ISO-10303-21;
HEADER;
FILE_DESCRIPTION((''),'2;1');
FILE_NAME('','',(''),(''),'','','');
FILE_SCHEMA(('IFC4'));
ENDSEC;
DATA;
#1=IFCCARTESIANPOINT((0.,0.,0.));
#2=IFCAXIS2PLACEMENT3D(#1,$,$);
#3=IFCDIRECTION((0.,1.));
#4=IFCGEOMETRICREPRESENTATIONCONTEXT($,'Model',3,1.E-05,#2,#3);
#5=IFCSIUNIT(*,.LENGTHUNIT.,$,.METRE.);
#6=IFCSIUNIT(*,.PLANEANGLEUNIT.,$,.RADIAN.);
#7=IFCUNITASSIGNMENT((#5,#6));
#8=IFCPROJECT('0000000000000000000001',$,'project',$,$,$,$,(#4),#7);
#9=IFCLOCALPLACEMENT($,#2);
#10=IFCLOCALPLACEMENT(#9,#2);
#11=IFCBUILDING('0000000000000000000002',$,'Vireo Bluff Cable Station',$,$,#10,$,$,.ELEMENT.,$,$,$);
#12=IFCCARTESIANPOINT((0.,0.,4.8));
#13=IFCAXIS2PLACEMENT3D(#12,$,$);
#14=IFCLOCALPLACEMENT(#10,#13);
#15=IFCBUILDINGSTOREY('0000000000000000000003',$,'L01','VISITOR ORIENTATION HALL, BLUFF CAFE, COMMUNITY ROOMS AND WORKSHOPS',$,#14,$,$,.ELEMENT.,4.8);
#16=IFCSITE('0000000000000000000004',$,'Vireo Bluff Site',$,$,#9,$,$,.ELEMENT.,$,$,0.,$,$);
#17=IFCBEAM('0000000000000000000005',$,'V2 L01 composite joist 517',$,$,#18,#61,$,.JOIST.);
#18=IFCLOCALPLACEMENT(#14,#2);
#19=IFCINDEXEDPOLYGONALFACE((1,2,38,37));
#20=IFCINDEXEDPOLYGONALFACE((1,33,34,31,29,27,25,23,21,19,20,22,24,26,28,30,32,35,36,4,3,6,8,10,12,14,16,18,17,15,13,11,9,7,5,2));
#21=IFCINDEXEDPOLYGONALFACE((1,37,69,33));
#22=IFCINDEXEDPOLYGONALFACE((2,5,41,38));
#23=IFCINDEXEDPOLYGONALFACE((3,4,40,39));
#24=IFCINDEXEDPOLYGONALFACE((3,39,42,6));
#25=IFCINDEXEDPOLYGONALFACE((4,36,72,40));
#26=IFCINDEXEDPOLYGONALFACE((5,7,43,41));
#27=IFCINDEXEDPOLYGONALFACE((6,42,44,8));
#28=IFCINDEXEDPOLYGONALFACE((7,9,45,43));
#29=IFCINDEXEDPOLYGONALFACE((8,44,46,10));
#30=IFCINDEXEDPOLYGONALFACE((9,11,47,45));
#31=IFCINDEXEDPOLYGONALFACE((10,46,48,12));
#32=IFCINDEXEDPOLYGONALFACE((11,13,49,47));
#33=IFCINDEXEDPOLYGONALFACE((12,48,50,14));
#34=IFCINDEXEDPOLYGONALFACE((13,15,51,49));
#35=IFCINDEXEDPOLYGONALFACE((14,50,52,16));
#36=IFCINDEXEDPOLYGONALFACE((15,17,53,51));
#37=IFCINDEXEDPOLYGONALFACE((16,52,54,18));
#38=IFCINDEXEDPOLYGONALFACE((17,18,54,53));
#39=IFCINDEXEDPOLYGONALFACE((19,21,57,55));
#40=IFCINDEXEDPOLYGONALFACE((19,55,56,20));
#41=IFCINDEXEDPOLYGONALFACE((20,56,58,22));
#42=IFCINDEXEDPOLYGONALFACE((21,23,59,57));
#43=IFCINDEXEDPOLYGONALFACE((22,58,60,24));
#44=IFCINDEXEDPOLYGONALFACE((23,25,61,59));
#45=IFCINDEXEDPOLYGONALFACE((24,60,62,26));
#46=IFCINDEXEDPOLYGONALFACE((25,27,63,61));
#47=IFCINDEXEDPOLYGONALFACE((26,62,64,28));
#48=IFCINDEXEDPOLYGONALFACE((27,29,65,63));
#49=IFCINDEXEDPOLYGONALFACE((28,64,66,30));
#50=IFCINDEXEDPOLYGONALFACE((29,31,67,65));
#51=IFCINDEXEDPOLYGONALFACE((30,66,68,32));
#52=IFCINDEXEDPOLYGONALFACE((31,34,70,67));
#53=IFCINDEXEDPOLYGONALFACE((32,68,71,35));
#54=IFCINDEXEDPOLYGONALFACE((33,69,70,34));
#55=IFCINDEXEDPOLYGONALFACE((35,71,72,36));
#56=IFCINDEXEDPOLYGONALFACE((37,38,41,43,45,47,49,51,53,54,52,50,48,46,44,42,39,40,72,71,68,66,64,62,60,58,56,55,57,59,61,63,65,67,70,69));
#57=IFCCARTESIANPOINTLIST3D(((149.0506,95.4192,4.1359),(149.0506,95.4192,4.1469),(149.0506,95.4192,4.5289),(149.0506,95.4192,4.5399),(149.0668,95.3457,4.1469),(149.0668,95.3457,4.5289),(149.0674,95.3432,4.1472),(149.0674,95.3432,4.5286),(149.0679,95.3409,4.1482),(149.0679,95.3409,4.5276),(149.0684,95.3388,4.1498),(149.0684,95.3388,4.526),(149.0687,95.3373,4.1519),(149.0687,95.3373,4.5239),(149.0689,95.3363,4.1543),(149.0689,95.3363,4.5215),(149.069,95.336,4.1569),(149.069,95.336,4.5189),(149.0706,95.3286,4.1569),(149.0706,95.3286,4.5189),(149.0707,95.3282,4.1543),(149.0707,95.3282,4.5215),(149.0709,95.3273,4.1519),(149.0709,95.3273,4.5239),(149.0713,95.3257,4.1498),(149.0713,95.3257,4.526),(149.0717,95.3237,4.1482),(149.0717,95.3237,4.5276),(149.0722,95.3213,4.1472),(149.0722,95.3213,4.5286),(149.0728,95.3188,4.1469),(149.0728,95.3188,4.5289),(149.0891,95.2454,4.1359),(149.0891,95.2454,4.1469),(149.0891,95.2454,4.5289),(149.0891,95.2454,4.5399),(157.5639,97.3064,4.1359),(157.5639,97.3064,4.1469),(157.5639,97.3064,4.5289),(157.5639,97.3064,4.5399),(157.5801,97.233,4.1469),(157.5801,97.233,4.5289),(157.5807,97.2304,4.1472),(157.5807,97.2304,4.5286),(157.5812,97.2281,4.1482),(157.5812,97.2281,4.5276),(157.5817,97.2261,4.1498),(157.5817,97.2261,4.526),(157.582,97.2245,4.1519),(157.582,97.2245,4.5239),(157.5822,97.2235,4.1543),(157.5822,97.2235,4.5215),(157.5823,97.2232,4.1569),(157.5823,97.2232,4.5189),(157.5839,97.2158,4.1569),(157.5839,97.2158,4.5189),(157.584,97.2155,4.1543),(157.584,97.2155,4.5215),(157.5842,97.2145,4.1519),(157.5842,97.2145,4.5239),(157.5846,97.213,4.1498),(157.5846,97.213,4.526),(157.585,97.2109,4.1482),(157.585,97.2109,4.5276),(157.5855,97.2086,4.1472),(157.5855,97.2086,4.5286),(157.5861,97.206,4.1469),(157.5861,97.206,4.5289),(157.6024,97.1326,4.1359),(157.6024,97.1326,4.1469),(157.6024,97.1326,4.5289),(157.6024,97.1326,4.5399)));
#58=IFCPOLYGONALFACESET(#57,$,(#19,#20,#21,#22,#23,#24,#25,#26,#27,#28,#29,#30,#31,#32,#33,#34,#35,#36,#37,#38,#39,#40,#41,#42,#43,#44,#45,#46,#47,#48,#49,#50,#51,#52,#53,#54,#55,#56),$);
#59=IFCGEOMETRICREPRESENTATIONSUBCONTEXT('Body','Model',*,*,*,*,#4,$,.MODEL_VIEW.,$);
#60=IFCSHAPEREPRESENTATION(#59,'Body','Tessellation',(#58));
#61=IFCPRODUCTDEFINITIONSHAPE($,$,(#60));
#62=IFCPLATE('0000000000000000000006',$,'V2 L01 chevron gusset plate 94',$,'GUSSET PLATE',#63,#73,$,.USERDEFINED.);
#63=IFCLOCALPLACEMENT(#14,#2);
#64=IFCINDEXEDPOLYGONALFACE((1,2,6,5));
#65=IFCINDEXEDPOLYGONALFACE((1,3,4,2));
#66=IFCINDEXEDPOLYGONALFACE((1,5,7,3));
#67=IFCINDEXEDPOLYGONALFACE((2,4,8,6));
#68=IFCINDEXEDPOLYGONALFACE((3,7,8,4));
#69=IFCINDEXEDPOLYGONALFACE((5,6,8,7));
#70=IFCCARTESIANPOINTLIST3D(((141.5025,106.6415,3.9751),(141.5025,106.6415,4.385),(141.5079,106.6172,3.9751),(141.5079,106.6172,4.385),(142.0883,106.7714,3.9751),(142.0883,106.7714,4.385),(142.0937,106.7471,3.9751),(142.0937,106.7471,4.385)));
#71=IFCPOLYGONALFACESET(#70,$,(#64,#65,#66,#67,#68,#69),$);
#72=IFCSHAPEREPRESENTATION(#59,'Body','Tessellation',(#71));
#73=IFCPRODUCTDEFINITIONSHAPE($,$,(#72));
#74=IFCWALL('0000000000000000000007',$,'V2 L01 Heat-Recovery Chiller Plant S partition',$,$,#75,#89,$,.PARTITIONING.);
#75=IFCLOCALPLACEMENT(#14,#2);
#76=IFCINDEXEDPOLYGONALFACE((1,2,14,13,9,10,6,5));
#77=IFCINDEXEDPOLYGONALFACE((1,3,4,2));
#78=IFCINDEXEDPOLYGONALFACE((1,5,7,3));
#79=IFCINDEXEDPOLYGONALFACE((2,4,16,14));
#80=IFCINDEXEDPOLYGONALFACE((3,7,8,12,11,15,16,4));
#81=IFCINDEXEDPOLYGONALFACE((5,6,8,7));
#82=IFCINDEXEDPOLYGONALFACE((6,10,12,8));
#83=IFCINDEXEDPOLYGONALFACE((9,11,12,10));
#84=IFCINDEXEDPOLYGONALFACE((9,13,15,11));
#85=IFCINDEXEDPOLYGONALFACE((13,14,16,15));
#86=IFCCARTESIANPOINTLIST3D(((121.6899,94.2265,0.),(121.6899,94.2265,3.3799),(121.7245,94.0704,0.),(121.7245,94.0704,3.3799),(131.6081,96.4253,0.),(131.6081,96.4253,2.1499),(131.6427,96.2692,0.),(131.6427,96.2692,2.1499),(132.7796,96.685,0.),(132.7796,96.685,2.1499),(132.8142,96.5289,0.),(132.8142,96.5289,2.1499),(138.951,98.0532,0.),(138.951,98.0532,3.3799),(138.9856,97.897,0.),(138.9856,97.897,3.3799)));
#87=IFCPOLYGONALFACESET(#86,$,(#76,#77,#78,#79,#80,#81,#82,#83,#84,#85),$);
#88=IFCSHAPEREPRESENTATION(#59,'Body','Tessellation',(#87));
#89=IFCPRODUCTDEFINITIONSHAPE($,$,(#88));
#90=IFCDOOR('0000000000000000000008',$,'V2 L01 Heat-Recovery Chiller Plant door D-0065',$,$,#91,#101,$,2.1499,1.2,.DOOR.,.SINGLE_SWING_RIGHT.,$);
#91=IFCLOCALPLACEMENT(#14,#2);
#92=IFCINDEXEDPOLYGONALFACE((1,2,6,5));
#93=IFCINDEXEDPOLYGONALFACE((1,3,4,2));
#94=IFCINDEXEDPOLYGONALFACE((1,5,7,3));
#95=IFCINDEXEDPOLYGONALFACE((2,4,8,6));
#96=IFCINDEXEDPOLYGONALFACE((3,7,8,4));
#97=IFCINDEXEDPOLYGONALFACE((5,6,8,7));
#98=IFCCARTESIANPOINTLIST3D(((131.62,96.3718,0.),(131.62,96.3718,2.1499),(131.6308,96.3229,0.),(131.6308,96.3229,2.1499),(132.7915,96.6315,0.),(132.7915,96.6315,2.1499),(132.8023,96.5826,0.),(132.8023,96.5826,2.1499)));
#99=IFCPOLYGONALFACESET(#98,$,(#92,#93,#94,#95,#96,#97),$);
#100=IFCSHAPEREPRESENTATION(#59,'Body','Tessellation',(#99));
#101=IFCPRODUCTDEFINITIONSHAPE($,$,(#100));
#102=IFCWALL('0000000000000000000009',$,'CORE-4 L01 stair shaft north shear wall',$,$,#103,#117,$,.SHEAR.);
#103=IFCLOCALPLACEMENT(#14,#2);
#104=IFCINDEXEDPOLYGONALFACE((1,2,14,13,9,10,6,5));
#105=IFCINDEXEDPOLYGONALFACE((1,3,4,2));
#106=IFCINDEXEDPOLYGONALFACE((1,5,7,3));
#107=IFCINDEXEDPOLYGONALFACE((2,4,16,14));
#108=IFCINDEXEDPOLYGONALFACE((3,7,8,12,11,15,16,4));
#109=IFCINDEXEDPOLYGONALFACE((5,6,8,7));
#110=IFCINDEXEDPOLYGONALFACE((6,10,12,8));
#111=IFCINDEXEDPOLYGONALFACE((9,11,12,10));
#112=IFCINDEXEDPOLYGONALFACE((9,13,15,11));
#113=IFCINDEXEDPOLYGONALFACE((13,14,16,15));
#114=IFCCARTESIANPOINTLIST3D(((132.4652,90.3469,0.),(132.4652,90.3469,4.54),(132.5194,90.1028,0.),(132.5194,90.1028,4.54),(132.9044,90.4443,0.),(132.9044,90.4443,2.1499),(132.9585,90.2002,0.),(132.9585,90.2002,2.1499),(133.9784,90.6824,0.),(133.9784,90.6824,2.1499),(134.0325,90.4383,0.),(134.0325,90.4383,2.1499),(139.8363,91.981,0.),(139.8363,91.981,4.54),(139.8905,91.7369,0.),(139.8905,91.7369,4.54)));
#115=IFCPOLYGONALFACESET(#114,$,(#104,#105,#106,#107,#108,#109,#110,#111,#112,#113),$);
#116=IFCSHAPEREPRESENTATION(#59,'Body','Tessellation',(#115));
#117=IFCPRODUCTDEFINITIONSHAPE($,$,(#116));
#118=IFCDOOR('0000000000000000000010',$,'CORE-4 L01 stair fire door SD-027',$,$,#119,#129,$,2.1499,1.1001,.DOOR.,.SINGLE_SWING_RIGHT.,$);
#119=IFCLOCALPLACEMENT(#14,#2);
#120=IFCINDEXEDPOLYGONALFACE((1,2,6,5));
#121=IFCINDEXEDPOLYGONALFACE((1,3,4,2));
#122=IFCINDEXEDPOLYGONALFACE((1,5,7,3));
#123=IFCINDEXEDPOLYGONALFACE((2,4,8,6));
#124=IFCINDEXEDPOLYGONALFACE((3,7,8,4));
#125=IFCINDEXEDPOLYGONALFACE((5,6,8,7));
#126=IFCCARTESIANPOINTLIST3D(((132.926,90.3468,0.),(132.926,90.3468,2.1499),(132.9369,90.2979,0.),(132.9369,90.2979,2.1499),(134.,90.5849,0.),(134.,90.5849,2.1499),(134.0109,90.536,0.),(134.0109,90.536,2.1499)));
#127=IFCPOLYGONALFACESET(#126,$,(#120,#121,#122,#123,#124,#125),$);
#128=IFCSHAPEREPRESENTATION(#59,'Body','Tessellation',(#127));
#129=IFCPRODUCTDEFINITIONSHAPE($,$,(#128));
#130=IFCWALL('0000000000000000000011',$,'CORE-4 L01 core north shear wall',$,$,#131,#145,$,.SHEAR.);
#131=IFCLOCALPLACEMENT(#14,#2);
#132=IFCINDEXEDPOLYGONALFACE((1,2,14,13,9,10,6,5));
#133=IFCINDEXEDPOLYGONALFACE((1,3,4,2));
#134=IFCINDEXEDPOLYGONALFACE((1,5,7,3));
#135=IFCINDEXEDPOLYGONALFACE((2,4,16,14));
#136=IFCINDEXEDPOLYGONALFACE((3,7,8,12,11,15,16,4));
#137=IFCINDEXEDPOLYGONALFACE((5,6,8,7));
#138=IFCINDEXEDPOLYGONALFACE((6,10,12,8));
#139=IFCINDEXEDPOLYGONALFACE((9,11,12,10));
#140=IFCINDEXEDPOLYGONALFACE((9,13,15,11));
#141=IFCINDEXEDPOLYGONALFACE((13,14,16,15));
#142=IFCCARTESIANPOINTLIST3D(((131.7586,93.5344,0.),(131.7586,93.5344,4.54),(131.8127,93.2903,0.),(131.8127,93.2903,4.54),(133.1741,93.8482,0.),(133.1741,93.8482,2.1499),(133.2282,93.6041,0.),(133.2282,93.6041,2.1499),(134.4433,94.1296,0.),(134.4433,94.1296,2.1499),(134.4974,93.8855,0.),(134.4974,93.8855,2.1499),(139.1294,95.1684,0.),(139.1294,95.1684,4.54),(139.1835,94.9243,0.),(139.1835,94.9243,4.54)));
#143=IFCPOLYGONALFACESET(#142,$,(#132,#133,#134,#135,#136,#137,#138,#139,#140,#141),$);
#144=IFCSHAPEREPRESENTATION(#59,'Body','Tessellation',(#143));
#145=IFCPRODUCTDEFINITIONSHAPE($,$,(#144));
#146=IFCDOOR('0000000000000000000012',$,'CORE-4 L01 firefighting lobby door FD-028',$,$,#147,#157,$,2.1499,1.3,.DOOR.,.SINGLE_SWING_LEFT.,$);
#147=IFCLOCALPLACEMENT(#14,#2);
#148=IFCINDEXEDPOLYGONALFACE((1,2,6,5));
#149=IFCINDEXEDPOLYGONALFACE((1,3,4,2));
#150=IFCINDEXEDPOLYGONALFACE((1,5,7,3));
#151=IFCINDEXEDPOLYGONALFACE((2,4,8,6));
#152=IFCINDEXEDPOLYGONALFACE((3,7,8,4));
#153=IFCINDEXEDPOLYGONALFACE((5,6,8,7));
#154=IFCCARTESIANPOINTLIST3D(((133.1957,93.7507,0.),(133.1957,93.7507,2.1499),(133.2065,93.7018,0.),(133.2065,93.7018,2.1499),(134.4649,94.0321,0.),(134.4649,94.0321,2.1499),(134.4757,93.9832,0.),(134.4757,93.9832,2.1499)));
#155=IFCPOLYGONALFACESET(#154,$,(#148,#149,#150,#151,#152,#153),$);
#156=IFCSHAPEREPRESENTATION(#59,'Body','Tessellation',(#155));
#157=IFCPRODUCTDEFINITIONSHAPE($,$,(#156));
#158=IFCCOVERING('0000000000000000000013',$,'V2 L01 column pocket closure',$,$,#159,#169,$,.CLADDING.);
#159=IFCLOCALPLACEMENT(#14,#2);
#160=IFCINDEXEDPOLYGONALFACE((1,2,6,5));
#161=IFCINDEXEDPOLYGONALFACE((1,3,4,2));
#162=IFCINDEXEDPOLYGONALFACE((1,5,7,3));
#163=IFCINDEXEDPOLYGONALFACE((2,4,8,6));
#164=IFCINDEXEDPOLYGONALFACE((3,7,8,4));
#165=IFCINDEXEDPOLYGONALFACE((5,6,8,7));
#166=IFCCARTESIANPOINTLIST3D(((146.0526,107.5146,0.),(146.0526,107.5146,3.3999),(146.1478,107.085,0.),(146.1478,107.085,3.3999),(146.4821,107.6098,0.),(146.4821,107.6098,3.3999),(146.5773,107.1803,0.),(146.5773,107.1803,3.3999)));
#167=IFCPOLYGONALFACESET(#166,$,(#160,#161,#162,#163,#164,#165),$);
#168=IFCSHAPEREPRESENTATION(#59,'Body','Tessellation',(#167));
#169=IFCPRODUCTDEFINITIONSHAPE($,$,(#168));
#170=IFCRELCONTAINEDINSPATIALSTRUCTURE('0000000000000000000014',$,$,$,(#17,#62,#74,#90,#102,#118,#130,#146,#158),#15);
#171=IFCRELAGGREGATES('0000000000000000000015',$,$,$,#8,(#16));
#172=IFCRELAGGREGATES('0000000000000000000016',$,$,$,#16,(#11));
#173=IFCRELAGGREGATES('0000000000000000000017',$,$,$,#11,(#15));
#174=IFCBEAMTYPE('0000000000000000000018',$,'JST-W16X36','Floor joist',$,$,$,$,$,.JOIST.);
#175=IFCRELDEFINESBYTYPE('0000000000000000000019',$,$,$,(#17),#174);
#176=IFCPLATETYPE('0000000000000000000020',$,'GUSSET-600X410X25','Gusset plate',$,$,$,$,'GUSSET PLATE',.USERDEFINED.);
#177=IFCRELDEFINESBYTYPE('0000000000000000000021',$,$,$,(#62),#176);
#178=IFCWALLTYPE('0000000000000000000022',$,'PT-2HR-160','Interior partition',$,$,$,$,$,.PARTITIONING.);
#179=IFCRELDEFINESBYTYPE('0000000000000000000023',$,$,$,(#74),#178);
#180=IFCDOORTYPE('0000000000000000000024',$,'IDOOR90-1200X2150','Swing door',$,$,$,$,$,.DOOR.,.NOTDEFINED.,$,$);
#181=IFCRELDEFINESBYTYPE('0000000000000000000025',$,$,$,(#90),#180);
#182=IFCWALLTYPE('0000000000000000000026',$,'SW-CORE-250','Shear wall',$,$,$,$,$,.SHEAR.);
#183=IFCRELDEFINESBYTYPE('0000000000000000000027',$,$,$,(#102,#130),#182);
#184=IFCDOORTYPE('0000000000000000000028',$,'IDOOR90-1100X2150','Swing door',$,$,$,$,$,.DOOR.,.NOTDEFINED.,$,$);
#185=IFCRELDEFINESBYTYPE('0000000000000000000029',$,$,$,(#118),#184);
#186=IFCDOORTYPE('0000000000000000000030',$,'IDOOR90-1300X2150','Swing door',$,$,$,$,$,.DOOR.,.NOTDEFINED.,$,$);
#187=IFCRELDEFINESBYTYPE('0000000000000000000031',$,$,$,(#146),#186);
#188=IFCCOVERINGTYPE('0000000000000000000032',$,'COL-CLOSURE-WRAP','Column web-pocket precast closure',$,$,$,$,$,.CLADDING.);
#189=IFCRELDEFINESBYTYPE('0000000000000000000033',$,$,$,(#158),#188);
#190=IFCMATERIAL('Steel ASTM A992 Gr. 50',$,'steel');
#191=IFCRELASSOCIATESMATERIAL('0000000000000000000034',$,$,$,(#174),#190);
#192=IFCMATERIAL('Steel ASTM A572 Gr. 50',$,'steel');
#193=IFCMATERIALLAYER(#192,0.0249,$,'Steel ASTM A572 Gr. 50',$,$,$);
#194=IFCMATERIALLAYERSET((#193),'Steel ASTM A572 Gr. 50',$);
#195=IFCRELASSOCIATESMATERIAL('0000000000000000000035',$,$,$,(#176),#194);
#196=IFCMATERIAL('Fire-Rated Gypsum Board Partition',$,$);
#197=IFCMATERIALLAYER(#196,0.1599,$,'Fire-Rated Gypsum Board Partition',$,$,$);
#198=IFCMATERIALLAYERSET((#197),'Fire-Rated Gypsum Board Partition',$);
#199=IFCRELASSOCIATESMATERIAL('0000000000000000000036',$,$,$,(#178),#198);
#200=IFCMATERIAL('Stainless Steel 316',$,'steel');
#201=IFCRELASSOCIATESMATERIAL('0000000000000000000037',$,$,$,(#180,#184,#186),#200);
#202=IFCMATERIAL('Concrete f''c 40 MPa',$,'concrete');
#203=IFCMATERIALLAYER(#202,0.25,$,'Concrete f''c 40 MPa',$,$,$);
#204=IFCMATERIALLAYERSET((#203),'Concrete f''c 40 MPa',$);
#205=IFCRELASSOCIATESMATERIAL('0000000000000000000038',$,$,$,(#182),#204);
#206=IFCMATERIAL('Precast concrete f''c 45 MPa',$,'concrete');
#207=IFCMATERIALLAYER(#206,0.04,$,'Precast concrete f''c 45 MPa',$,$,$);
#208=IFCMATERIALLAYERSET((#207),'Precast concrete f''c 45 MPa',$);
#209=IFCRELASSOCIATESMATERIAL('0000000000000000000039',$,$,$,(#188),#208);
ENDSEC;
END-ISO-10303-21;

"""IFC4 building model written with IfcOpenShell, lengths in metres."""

from ifc_helpers import new_model, si_unit, direction, frame, frame_2d, origin, origin_with_axes, origin_2d, place, context, subcontext, project, spatial, rectangle, i_section, extrude, material, layer, layer_set, material_profile, profile_set, type_object, element, fill, save


model = new_model("IFC4")

# Units and contexts
model_context = context("Model", 3, precision=1e-05, world=origin(), true_north=direction((0.0, 1.0)))
body_context = subcontext(model_context, "Body", "Model", "MODEL_VIEW")
ifc_project = project(units=[si_unit("LENGTHUNIT", "METRE"), si_unit("PLANEANGLEUNIT", "RADIAN")], contexts=[model_context])

# Site, building, storey
site_placement = place(None, origin())
site = spatial("IfcSite", under=ifc_project, at=site_placement, Name="Vireo Bluff Site", CompositionType="ELEMENT", RefElevation=0.0)
building_placement = place(site_placement, origin())
building = spatial("IfcBuilding", under=site, at=building_placement, Name="Vireo Bluff Cable Station", CompositionType="ELEMENT")
storey_placement = place(building_placement, frame((0.0, 0.0, 4.8)))
storey = spatial("IfcBuildingStorey", under=building, at=storey_placement, Name="L01", Description="VISITOR ORIENTATION HALL, BLUFF CAFE, COMMUNITY ROOMS AND WORKSHOPS", CompositionType="ELEMENT", Elevation=4.8)

# Shared definitions
ifc_material_1 = material(Name="Steel ASTM A992 Gr. 50", Category="steel")

# Beam
ifc_material_profile_1 = material_profile(ifc_material_1, i_section(OverallWidth=0.178, OverallDepth=0.4041, WebThickness=0.0076, FlangeThickness=0.011, FilletRadius=0.01, at=origin_2d()), Name="W16X36")
ifc_profile_set_1 = profile_set([ifc_material_profile_1], Name="Steel ASTM A992 Gr. 50")
beam_type_1 = type_object("IfcBeamType", Name="JST-W16X36", Description="Floor joist", PredefinedType="JOIST", material=ifc_profile_set_1)
for number, where, z_axis, x_axis, name in (
    (1, (149.0698, 95.3323, 4.3379), (0.976299, 0.216426, 0.0), (-0.216426, 0.976299, 0.0), "V2 L01 composite joist 517"),
):
    element("IfcBeam", number, at=place(storey_placement, frame(where, z_axis=z_axis, x_axis=x_axis)), inside=storey, type_object=beam_type_1, Name=name, PredefinedType="JOIST", context=body_context, shape_type="SweptSolid", body=[
        extrude(i_section(OverallWidth=0.178, OverallDepth=0.4041, WebThickness=0.0076, FlangeThickness=0.011, FilletRadius=0.01, at=origin_2d()), origin(), (0.0, 0.0, 1.0), 8.72),
    ])

# Plate
ifc_material_2 = material(Name="Steel ASTM A572 Gr. 50", Category="steel")
ifc_layer_1 = layer(ifc_material_2, 0.0249, Name="Steel ASTM A572 Gr. 50")
ifc_layer_set_1 = layer_set([ifc_layer_1], Name="Steel ASTM A572 Gr. 50")
plate_type = type_object("IfcPlateType", Name="GUSSET-600X410X25", Description="Gusset plate", ElementType="GUSSET PLATE", PredefinedType="USERDEFINED", material=ifc_layer_set_1)
plate_placement = place(storey_placement, frame((141.7981, 106.6943, 3.9751), z_axis=(0.0, 0.0, 1.0), x_axis=(0.976296, 0.21644, 0.0)))
element("IfcPlate", 2, at=plate_placement, inside=storey, type_object=plate_type, Name="V2 L01 chevron gusset plate 94", ObjectType="GUSSET PLATE", PredefinedType="USERDEFINED", context=body_context, shape_type="SweptSolid", body=[
    extrude(rectangle(XDim=0.6001, YDim=0.0249, at=origin_2d()), origin(), (0.0, 0.0, 1.0), 0.4099),
])

# Walls, openings, doors
ifc_material_3 = material(Name="Fire-Rated Gypsum Board Partition")
ifc_layer_2 = layer(ifc_material_3, 0.1599, Name="Fire-Rated Gypsum Board Partition")
ifc_layer_set_2 = layer_set([ifc_layer_2], Name="Fire-Rated Gypsum Board Partition")
wall_type_1 = type_object("IfcWallType", Name="PT-2HR-160", Description="Interior partition", PredefinedType="PARTITIONING", material=ifc_layer_set_2)
wall_1_placement = place(storey_placement, frame((138.9683, 97.9751, 0.0), z_axis=(0.0, 0.0, 1.0), x_axis=(-0.976296, -0.216439, 0.0)))
wall_1 = element("IfcWall", 3, at=wall_1_placement, inside=storey, type_object=wall_type_1, Name="V2 L01 Heat-Recovery Chiller Plant S partition", PredefinedType="PARTITIONING", context=body_context, shape_type="SweptSolid", body=[
    extrude(rectangle(XDim=17.6802, YDim=0.1599, at=frame_2d((8.8401, 0.0))), origin(), (0.0, 0.0, 1.0), 3.3799),
])
opening_1_placement = place(wall_1_placement, frame((6.321, 0.0, 0.0)))
opening_1 = element("IfcOpeningElement", 4, at=opening_1_placement, cuts=wall_1, PredefinedType="OPENING", context=body_context, shape_type="SweptSolid", body=[
    extrude(rectangle(XDim=1.2, YDim=2.1499, at=frame_2d((0.6001, 1.075))), frame((0.0, 0.0898, 0.0), z_axis=(0.0, -1.0, 0.0), x_axis=(1.0, 0.0, 0.0)), (0.0, 0.0, 1.0), 0.1799),
])
ifc_material_4 = material(Name="Stainless Steel 316", Category="steel")
door_type_1 = type_object("IfcDoorType", Name="IDOOR90-1200X2150", Description="Swing door", OperationType="NOTDEFINED", PredefinedType="DOOR", material=ifc_material_4)
door_1_placement = place(opening_1_placement, origin_with_axes())
door_1 = element("IfcDoor", 5, at=door_1_placement, inside=storey, type_object=door_type_1, Name="V2 L01 Heat-Recovery Chiller Plant door D-0065", OperationType="SINGLE_SWING_RIGHT", OverallHeight=2.1499, OverallWidth=1.2, PredefinedType="DOOR", context=body_context, shape_type="SweptSolid", body=[
    extrude(rectangle(XDim=1.2, YDim=2.1499, at=frame_2d((0.6001, 1.075))), frame((0.0, 0.0249, 0.0), z_axis=(0.0, -1.0, 0.0), x_axis=(1.0, 0.0, 0.0)), (0.0, 0.0, 1.0), 0.05),
])
fill(opening_1, door_1)
ifc_material_5 = material(Name="Concrete f'c 40 MPa", Category="concrete")
ifc_layer_3 = layer(ifc_material_5, 0.25, Name="Concrete f'c 40 MPa")
ifc_layer_set_3 = layer_set([ifc_layer_3], Name="Concrete f'c 40 MPa")
wall_type_2 = type_object("IfcWallType", Name="SW-CORE-250", Description="Shear wall", PredefinedType="SHEAR", material=ifc_layer_set_3)
wall_2_placement = place(storey_placement, frame((139.8633, 91.8589, 0.0), z_axis=(0.0, 0.0, 1.0), x_axis=(-0.976299, -0.216427, 0.0)))
wall_2 = element("IfcWall", 6, at=wall_2_placement, inside=storey, type_object=wall_type_2, Name="CORE-4 L01 stair shaft north shear wall", PredefinedType="SHEAR", context=body_context, shape_type="SweptSolid", body=[
    extrude(rectangle(XDim=7.55, YDim=0.25, at=frame_2d((3.7749, 0.0))), origin(), (0.0, 0.0, 1.0), 4.54),
])
opening_2_placement = place(wall_2_placement, frame((6.0, 0.0, 0.0)))
opening_2 = element("IfcOpeningElement", 7, at=opening_2_placement, cuts=wall_2, PredefinedType="OPENING", context=body_context, shape_type="SweptSolid", body=[
    extrude(rectangle(XDim=1.1001, YDim=2.1499, at=frame_2d((0.55, 1.075))), frame((0.0, 0.135, 0.0), z_axis=(0.0, -1.0, 0.0), x_axis=(1.0, 0.0, 0.0)), (0.0, 0.0, 1.0), 0.27),
])
door_type_2 = type_object("IfcDoorType", Name="IDOOR90-1100X2150", Description="Swing door", OperationType="NOTDEFINED", PredefinedType="DOOR", material=ifc_material_4)
door_2_placement = place(opening_2_placement, origin_with_axes())
door_2 = element("IfcDoor", 8, at=door_2_placement, inside=storey, type_object=door_type_2, Name="CORE-4 L01 stair fire door SD-027", OperationType="SINGLE_SWING_RIGHT", OverallHeight=2.1499, OverallWidth=1.1001, PredefinedType="DOOR", context=body_context, shape_type="SweptSolid", body=[
    extrude(rectangle(XDim=1.1001, YDim=2.1499, at=frame_2d((0.55, 1.075))), frame((0.0, 0.0249, 0.0), z_axis=(0.0, -1.0, 0.0), x_axis=(1.0, 0.0, 0.0)), (0.0, 0.0, 1.0), 0.05),
])
fill(opening_2, door_2)
wall_3_placement = place(storey_placement, frame((139.1565, 95.0464, 0.0), z_axis=(0.0, 0.0, 1.0), x_axis=(-0.976297, -0.216434, 0.0)))
wall_3 = element("IfcWall", 9, at=wall_3_placement, inside=storey, type_object=wall_type_2, Name="CORE-4 L01 core north shear wall", PredefinedType="SHEAR", context=body_context, shape_type="SweptSolid", body=[
    extrude(rectangle(XDim=7.5498, YDim=0.25, at=frame_2d((3.7749, 0.0))), origin(), (0.0, 0.0, 1.0), 4.54),
])
opening_3_placement = place(wall_3_placement, frame((4.8, 0.0, 0.0)))
opening_3 = element("IfcOpeningElement", 10, at=opening_3_placement, cuts=wall_3, PredefinedType="OPENING", context=body_context, shape_type="SweptSolid", body=[
    extrude(rectangle(XDim=1.3, YDim=2.1499, at=frame_2d((0.6499, 1.075))), frame((0.0, 0.135, 0.0), z_axis=(0.0, -1.0, 0.0), x_axis=(1.0, 0.0, 0.0)), (0.0, 0.0, 1.0), 0.27),
])
door_type_3 = type_object("IfcDoorType", Name="IDOOR90-1300X2150", Description="Swing door", OperationType="NOTDEFINED", PredefinedType="DOOR", material=ifc_material_4)
door_3_placement = place(opening_3_placement, origin_with_axes())
door_3 = element("IfcDoor", 11, at=door_3_placement, inside=storey, type_object=door_type_3, Name="CORE-4 L01 firefighting lobby door FD-028", OperationType="SINGLE_SWING_LEFT", OverallHeight=2.1499, OverallWidth=1.3, PredefinedType="DOOR", context=body_context, shape_type="SweptSolid", body=[
    extrude(rectangle(XDim=1.3, YDim=2.1499, at=frame_2d((0.6499, 1.075))), frame((0.0, 0.0249, 0.0), z_axis=(0.0, -1.0, 0.0), x_axis=(1.0, 0.0, 0.0)), (0.0, 0.0, 1.0), 0.05),
])
fill(opening_3, door_3)

# Covering
ifc_material_6 = material(Name="Precast concrete f'c 45 MPa", Category="concrete")
ifc_layer_4 = layer(ifc_material_6, 0.04, Name="Precast concrete f'c 45 MPa")
ifc_layer_set_4 = layer_set([ifc_layer_4], Name="Precast concrete f'c 45 MPa")
covering_type = type_object("IfcCoveringType", Name="COL-CLOSURE-WRAP", Description="Column web-pocket precast closure", PredefinedType="CLADDING", material=ifc_layer_set_4)
covering_placement = place(storey_placement, frame((146.3149, 107.3474, 0.0), z_axis=(0.0, 0.0, 1.0), x_axis=(0.976296, 0.21644, 0.0)))
element("IfcCovering", 12, at=covering_placement, inside=storey, type_object=covering_type, Name="V2 L01 column pocket closure", PredefinedType="CLADDING", context=body_context, shape_type="SweptSolid", body=[
    extrude(rectangle(XDim=0.4399, YDim=0.4399, at=origin_2d()), origin(), (0.0, 0.0, 1.0), 3.3999),
])

save(model, "model.ifc")
